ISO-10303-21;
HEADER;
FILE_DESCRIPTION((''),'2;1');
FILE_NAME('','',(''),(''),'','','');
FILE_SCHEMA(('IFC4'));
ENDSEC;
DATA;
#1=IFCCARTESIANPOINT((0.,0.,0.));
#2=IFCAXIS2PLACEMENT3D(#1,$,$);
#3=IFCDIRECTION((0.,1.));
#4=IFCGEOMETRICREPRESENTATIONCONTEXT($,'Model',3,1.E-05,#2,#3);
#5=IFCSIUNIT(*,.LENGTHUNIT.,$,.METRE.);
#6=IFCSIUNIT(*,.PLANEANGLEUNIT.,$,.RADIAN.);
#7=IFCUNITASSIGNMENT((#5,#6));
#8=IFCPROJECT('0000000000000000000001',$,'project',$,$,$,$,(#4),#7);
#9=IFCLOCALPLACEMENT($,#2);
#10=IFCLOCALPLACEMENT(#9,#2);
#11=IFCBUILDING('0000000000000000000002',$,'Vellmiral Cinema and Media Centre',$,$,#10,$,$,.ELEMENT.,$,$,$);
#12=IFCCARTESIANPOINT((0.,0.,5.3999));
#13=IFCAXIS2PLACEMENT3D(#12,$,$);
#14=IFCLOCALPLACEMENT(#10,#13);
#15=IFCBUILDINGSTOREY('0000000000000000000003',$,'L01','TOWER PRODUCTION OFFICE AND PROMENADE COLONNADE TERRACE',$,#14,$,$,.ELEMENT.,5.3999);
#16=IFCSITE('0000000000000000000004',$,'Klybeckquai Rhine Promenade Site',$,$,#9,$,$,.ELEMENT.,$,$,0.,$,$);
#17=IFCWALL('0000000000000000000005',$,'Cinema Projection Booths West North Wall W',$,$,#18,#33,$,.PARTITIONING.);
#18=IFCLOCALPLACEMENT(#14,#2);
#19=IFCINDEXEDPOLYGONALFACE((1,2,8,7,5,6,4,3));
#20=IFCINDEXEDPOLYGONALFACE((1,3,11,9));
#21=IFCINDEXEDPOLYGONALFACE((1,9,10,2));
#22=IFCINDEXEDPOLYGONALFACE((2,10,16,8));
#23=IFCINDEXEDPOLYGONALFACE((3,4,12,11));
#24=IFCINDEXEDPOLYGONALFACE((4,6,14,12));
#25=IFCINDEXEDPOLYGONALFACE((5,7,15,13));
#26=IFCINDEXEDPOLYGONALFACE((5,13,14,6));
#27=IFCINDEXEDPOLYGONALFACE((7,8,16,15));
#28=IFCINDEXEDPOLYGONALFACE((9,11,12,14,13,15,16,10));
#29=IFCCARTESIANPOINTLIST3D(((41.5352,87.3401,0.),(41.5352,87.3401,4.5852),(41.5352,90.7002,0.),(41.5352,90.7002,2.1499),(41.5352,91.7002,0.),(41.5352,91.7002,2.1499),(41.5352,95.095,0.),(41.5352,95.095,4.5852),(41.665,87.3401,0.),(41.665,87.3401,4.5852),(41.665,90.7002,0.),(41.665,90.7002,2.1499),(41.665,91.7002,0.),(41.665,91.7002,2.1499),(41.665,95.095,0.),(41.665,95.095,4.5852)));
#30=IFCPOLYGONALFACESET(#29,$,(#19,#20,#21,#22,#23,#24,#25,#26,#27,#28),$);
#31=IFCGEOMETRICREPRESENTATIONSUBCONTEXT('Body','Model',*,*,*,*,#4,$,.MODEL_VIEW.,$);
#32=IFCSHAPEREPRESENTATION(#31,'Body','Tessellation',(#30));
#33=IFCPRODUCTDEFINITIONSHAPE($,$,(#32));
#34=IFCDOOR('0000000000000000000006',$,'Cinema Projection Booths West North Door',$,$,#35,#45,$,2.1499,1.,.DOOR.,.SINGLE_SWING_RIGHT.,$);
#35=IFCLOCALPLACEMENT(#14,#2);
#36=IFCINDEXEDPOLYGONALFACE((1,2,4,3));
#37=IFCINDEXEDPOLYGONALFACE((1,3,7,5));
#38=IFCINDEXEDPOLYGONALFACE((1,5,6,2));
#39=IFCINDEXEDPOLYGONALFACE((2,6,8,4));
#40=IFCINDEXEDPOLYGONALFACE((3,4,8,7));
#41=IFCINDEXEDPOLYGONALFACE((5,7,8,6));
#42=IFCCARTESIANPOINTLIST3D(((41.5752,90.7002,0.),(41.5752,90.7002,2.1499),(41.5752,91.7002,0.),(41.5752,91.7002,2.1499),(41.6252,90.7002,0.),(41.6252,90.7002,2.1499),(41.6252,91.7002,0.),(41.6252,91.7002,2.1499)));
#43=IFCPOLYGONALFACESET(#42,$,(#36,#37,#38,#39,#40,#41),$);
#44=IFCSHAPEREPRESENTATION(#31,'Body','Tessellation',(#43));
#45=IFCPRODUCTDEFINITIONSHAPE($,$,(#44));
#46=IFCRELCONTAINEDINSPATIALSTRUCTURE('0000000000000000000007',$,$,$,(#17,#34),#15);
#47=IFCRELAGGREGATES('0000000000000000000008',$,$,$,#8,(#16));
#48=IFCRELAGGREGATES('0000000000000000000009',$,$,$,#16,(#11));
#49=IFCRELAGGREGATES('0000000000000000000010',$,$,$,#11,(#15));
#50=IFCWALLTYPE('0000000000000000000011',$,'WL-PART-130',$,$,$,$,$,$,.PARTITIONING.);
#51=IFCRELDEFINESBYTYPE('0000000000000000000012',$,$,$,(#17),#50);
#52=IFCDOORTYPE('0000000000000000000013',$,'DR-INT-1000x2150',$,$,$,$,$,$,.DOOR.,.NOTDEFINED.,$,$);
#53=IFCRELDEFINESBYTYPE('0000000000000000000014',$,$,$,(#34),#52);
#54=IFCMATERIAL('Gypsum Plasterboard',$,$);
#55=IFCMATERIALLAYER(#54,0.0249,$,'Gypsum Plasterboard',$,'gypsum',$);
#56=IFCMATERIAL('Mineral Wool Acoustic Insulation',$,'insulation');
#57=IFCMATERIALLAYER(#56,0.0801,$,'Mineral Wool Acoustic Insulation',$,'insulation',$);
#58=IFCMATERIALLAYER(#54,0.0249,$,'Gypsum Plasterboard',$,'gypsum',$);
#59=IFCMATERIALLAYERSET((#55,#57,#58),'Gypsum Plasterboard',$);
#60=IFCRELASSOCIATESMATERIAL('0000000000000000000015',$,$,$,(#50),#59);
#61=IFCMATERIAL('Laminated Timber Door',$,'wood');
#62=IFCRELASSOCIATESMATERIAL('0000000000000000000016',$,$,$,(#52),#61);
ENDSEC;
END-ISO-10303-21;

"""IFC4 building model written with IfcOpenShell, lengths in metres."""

from ifc_helpers import new_model, si_unit, direction, frame, frame_2d, origin, place, context, subcontext, project, spatial, rectangle, extrude, material, layer, layer_set, type_object, element, fill, save


model = new_model("IFC4")

# Units and contexts
model_context = context("Model", 3, precision=1e-05, world=origin(), true_north=direction((0.0, 1.0)))
body_context = subcontext(model_context, "Body", "Model", "MODEL_VIEW")
ifc_project = project(units=[si_unit("LENGTHUNIT", "METRE"), si_unit("PLANEANGLEUNIT", "RADIAN")], contexts=[model_context])

# Site, building, storey
site_placement = place(None, origin())
site = spatial("IfcSite", under=ifc_project, at=site_placement, Name="Klybeckquai Rhine Promenade Site", CompositionType="ELEMENT", RefElevation=0.0)
building_placement = place(site_placement, origin())
building = spatial("IfcBuilding", under=site, at=building_placement, Name="Vellmiral Cinema and Media Centre", CompositionType="ELEMENT")
storey_placement = place(building_placement, frame((0.0, 0.0, 5.3999)))
storey = spatial("IfcBuildingStorey", under=building, at=storey_placement, Name="L01", Description="TOWER PRODUCTION OFFICE AND PROMENADE COLONNADE TERRACE", CompositionType="ELEMENT", Elevation=5.3999)

# Wall, opening, door
ifc_material_1 = material(Name="Gypsum Plasterboard")
ifc_layer_1 = layer(ifc_material_1, 0.0249, Name="Gypsum Plasterboard", Category="gypsum")
ifc_material_2 = material(Name="Mineral Wool Acoustic Insulation", Category="insulation")
ifc_layer_2 = layer(ifc_material_2, 0.0801, Name="Mineral Wool Acoustic Insulation", Category="insulation")
ifc_layer_3 = layer(ifc_material_1, 0.0249, Name="Gypsum Plasterboard", Category="gypsum")
ifc_layer_set_1 = layer_set([ifc_layer_1, ifc_layer_2, ifc_layer_3], Name="Gypsum Plasterboard")
wall_type_1 = type_object("IfcWallType", Name="WL-PART-130", PredefinedType="PARTITIONING", material=ifc_layer_set_1)
wall_1_placement = place(storey_placement, frame((41.6001, 87.3401, 0.0), z_axis=(0.0, 0.0, 1.0), x_axis=(0.0, 1.0, 0.0)))
wall_1 = element("IfcWall", 1, at=wall_1_placement, inside=storey, type_object=wall_type_1, Name="Cinema Projection Booths West North Wall W", PredefinedType="PARTITIONING", context=body_context, shape_type="SweptSolid", body=[
    extrude(rectangle(XDim=7.7549, YDim=0.1299, at=frame_2d((3.8774, 0.0))), origin(), (0.0, 0.0, 1.0), 4.5852),
])
opening_1_placement = place(wall_1_placement, frame((3.3601, 0.0, 0.0)))
opening_1 = element("IfcOpeningElement", 2, at=opening_1_placement, cuts=wall_1, PredefinedType="OPENING", context=body_context, shape_type="SweptSolid", body=[
    extrude(rectangle(XDim=1.0, YDim=2.1499, at=frame_2d((0.5, 1.075))), frame((0.0, 0.0769, 0.0), z_axis=(0.0, -1.0, 0.0), x_axis=(1.0, 0.0, 0.0)), (0.0, 0.0, 1.0), 0.1538),
])
ifc_material_3 = material(Name="Laminated Timber Door", Category="wood")
door_type = type_object("IfcDoorType", Name="DR-INT-1000x2150", OperationType="NOTDEFINED", PredefinedType="DOOR", material=ifc_material_3)
door_placement = place(opening_1_placement, origin())
door = element("IfcDoor", 3, at=door_placement, inside=storey, type_object=door_type, Name="Cinema Projection Booths West North Door", OperationType="SINGLE_SWING_RIGHT", OverallHeight=2.1499, OverallWidth=1.0, PredefinedType="DOOR", context=body_context, shape_type="SweptSolid", body=[
    extrude(rectangle(XDim=1.0, YDim=2.1499, at=frame_2d((0.5, 1.075))), frame((0.0, 0.0249, 0.0), z_axis=(0.0, -1.0, 0.0), x_axis=(1.0, 0.0, 0.0)), (0.0, 0.0, 1.0), 0.05),
])
fill(opening_1, door)

save(model, "model.ifc")
